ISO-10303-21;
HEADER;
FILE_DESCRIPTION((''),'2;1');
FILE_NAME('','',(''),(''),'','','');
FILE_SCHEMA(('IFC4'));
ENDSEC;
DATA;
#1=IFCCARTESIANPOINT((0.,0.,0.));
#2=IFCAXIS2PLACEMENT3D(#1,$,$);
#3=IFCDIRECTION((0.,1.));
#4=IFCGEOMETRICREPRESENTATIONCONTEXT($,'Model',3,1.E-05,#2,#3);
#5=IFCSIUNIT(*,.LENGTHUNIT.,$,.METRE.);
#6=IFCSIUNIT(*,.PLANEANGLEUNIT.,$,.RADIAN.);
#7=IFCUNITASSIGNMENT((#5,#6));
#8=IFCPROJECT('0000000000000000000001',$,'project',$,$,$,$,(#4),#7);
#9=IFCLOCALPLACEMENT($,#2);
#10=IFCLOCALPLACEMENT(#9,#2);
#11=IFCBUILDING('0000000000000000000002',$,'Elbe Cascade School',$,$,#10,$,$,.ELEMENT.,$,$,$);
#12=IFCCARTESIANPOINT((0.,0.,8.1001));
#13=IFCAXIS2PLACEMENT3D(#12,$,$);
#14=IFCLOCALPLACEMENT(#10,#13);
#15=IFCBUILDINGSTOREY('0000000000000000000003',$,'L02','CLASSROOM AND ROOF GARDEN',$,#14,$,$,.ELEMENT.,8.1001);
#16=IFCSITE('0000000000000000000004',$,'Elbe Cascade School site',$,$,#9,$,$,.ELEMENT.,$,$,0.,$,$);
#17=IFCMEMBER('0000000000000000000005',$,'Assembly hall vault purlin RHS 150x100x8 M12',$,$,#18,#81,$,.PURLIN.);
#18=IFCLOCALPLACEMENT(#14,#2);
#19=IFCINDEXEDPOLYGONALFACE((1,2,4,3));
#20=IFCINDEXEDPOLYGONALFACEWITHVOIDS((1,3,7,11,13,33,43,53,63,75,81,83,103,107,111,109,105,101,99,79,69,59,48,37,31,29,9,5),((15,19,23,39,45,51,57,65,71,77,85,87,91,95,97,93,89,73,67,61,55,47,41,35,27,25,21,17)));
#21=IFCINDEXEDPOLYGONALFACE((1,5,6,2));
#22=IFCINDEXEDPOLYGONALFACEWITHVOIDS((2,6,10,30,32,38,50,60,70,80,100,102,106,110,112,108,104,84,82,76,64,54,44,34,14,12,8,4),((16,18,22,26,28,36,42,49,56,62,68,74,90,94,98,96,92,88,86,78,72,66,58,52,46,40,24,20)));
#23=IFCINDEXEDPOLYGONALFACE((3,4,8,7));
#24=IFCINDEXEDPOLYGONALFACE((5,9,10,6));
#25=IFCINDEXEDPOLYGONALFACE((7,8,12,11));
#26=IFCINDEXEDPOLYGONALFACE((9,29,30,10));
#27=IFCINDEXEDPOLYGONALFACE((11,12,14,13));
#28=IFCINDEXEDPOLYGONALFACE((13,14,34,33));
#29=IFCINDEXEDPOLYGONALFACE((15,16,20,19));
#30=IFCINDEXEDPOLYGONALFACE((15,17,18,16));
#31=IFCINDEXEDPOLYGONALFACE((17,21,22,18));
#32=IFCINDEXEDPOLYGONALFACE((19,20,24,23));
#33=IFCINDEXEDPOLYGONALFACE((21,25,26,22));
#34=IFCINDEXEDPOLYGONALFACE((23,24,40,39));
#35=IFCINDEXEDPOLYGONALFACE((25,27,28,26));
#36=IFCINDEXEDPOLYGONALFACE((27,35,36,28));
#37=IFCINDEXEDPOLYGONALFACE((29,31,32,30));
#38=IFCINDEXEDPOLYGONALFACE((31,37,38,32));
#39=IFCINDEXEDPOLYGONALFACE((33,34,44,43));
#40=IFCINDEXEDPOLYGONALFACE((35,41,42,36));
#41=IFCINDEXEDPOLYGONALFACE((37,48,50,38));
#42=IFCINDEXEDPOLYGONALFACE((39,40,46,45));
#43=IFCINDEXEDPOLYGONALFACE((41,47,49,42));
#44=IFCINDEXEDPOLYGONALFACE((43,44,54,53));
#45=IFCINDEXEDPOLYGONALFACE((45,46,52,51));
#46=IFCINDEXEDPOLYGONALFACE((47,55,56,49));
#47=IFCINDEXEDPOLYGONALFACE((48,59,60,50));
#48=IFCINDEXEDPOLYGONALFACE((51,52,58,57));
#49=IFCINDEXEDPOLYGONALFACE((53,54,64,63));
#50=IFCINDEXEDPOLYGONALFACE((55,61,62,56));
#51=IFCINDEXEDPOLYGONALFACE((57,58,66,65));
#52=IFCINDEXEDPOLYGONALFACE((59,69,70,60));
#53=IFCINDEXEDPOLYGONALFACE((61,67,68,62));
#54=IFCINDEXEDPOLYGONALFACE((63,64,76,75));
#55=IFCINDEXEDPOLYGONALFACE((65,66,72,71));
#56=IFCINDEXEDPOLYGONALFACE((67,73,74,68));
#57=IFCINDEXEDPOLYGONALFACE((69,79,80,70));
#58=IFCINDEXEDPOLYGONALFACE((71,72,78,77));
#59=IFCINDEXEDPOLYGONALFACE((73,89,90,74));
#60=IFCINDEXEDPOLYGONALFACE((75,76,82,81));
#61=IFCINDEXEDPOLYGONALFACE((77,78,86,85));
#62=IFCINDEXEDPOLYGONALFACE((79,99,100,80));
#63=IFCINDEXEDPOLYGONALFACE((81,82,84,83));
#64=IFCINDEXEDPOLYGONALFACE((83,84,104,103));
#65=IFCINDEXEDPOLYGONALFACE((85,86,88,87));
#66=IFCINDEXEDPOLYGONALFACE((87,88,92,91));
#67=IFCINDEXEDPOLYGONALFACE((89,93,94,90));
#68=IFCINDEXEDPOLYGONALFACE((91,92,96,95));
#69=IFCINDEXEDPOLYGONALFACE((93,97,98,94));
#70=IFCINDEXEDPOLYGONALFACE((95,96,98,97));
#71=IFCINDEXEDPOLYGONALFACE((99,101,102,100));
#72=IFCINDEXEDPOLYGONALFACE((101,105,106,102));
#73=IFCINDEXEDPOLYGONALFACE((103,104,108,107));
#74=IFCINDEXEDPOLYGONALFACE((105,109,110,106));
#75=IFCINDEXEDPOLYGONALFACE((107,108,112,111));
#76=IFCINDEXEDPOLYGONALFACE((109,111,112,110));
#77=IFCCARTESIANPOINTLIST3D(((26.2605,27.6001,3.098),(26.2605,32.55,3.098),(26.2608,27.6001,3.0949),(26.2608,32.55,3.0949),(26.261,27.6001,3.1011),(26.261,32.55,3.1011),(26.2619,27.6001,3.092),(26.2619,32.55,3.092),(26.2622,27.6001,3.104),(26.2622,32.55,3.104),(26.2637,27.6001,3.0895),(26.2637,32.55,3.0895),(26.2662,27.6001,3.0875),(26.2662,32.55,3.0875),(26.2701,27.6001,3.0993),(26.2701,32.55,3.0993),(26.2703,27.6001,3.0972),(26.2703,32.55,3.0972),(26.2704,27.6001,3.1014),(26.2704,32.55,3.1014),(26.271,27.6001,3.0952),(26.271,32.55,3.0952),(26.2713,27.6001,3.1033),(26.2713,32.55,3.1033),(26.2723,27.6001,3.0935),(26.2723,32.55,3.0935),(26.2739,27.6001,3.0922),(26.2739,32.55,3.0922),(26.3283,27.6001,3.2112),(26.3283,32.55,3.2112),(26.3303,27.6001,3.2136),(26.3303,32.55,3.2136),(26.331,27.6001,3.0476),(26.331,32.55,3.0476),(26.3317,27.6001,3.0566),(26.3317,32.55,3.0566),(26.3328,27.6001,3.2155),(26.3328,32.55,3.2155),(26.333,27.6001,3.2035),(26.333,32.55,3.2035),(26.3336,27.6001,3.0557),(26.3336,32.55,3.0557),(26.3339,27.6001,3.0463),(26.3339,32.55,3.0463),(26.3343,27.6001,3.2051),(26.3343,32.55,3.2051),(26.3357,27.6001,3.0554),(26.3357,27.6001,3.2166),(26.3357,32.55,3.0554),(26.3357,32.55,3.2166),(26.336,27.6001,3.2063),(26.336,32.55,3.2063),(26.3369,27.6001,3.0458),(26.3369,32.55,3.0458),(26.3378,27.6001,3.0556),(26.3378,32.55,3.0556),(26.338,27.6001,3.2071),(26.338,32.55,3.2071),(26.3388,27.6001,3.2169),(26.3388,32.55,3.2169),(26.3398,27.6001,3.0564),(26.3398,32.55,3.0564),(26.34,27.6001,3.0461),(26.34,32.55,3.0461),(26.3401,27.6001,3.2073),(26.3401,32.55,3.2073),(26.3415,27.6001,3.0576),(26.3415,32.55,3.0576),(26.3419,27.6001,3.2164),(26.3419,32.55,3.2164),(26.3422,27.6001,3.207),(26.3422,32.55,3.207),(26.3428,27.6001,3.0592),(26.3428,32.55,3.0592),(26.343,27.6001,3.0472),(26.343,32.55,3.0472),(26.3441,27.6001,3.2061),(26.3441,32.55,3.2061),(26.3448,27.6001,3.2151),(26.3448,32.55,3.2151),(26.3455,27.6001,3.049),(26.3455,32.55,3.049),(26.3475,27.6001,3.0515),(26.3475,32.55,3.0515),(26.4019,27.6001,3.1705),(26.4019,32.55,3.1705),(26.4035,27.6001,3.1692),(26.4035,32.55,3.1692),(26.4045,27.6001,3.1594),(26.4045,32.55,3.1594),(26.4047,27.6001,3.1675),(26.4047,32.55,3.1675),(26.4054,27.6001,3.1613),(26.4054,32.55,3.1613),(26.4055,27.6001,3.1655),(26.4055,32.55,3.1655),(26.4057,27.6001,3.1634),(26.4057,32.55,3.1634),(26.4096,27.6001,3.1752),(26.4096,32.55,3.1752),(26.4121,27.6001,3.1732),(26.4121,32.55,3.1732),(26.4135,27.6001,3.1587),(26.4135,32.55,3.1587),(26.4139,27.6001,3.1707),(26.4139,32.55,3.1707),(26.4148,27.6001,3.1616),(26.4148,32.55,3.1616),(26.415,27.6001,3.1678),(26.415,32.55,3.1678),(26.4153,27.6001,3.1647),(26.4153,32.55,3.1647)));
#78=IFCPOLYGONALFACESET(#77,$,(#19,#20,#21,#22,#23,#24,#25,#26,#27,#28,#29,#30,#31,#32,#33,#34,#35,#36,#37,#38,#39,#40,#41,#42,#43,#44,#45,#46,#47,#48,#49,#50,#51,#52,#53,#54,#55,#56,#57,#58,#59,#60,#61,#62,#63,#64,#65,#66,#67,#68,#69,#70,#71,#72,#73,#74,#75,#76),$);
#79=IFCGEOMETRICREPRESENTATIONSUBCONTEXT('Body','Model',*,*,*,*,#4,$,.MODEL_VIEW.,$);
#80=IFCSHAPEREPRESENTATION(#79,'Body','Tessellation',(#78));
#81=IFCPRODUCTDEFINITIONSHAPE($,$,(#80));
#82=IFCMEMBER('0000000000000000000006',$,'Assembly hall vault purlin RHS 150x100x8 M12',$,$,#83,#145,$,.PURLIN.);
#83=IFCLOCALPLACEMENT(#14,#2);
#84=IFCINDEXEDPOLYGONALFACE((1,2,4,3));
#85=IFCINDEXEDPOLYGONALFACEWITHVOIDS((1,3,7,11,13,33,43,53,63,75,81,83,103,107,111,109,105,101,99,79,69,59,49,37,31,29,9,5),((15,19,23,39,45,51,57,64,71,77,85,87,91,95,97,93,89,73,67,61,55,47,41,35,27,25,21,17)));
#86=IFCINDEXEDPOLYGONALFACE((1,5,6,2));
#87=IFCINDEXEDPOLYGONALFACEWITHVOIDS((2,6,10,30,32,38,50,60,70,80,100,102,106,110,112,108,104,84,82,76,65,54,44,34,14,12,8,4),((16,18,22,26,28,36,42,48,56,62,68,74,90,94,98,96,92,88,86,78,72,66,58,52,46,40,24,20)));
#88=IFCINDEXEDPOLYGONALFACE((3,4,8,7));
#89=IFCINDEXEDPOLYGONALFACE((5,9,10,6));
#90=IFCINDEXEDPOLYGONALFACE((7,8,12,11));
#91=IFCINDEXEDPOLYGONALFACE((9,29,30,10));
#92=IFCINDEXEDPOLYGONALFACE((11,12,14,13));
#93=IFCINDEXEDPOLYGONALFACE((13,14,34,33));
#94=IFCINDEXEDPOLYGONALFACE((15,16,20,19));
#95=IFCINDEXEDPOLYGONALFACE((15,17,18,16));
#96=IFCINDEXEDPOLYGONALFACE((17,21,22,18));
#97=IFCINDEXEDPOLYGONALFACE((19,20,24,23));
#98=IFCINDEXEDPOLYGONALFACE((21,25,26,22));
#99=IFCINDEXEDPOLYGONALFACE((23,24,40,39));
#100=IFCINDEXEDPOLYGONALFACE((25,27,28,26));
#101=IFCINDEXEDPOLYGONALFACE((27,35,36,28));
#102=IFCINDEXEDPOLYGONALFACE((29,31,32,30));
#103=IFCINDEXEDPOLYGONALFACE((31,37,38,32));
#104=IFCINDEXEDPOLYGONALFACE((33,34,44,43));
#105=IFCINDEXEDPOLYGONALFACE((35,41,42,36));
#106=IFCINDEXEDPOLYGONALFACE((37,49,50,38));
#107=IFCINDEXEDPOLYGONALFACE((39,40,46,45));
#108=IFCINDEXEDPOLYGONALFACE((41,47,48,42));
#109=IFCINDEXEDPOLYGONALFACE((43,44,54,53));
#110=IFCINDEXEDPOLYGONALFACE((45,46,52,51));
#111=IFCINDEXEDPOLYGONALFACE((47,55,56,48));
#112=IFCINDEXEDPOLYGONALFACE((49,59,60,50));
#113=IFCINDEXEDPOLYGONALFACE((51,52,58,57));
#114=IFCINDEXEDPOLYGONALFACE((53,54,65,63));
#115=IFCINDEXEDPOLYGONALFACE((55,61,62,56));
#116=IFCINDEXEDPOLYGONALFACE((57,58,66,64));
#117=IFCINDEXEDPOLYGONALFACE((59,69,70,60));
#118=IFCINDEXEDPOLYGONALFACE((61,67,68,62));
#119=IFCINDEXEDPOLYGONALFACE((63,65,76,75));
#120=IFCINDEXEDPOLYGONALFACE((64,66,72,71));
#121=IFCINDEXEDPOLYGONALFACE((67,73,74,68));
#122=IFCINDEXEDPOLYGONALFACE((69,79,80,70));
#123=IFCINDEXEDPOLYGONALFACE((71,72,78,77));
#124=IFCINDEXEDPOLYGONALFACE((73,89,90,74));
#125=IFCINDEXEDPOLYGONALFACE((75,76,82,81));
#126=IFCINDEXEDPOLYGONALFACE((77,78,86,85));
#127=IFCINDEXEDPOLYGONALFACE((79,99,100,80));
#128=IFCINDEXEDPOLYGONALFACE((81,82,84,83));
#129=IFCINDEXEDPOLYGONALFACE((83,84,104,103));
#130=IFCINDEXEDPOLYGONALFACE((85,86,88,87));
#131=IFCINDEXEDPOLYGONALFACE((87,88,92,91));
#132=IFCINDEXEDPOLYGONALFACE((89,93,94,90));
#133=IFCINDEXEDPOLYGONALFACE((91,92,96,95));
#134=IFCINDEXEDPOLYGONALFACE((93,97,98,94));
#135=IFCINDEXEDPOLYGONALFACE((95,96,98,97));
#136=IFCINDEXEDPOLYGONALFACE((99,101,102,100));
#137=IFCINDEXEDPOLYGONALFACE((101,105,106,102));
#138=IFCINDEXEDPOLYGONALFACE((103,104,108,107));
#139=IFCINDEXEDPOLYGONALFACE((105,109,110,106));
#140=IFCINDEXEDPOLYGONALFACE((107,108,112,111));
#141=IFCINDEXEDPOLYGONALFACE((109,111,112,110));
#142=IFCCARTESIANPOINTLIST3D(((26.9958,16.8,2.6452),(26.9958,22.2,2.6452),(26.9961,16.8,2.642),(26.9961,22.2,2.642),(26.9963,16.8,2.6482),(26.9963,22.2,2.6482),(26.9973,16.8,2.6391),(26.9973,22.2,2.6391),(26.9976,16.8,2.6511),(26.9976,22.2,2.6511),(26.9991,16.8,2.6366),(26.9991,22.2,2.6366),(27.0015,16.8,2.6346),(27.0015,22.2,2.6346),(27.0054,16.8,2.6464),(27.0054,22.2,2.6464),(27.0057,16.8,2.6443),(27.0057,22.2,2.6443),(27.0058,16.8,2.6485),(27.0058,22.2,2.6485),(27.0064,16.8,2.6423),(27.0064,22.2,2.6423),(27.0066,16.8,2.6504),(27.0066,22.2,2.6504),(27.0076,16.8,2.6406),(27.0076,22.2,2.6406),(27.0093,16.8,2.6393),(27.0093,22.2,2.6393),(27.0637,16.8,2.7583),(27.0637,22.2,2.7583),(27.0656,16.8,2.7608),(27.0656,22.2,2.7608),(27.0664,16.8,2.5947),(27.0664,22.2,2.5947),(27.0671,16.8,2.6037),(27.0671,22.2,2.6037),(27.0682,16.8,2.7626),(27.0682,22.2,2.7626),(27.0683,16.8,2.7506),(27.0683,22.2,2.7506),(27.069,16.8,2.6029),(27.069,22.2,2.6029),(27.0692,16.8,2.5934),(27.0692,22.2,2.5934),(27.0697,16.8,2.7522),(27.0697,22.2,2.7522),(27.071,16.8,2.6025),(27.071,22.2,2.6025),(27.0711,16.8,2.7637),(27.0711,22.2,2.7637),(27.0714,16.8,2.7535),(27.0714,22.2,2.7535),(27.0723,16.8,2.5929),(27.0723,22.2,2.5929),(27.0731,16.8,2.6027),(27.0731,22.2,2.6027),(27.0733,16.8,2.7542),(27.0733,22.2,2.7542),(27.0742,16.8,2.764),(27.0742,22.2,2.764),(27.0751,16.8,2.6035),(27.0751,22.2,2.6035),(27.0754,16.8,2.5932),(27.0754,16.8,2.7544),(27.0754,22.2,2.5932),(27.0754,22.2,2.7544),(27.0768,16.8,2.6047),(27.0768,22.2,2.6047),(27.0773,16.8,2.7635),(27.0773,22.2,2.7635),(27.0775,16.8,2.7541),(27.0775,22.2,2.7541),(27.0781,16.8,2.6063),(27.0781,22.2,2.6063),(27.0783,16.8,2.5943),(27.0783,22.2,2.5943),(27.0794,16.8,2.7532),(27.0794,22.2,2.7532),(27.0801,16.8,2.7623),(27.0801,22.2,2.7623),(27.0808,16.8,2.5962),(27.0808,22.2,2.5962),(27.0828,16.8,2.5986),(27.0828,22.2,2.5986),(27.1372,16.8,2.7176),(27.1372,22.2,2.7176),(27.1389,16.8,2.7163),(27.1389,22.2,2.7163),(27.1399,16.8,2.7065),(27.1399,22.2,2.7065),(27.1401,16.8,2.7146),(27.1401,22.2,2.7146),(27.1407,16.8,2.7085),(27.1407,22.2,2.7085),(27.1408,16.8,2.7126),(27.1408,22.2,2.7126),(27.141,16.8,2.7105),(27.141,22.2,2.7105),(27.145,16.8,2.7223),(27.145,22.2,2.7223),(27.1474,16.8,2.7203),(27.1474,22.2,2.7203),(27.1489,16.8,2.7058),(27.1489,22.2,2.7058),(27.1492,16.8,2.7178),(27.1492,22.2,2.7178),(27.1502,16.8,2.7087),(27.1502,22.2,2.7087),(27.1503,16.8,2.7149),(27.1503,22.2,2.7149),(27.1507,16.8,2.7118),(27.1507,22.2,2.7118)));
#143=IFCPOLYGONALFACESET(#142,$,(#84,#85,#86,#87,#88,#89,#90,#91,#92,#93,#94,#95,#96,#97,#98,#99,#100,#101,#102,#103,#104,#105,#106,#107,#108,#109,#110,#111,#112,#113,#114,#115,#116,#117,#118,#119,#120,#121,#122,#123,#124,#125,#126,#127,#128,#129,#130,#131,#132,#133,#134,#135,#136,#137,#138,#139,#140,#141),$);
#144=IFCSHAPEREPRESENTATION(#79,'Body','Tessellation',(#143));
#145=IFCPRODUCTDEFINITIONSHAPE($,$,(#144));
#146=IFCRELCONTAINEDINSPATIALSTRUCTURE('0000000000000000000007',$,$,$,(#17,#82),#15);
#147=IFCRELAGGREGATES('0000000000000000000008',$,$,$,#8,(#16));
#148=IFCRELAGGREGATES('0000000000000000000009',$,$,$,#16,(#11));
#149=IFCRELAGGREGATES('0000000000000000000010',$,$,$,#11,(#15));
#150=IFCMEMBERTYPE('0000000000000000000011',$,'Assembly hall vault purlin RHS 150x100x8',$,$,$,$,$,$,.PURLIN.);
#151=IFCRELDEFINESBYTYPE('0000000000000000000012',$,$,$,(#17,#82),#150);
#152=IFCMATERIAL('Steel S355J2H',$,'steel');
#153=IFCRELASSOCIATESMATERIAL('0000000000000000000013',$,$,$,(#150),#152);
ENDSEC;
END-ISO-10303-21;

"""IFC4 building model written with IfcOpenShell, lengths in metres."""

from ifc_helpers import new_model, si_unit, direction, frame, origin, origin_2d, place, context, subcontext, project, spatial, hollow_rectangle, extrude, material, material_profile, profile_set, type_object, element, save


model = new_model("IFC4")

# Units and contexts
model_context = context("Model", 3, precision=1e-05, world=origin(), true_north=direction((0.0, 1.0)))
body_context = subcontext(model_context, "Body", "Model", "MODEL_VIEW")
ifc_project = project(units=[si_unit("LENGTHUNIT", "METRE"), si_unit("PLANEANGLEUNIT", "RADIAN")], contexts=[model_context])

# Site, building, storey
site_placement = place(None, origin())
site = spatial("IfcSite", under=ifc_project, at=site_placement, Name="Elbe Cascade School site", CompositionType="ELEMENT", RefElevation=0.0)
building_placement = place(site_placement, origin())
building = spatial("IfcBuilding", under=site, at=building_placement, Name="Elbe Cascade School", CompositionType="ELEMENT")
storey_placement = place(building_placement, frame((0.0, 0.0, 8.1001)))
storey = spatial("IfcBuildingStorey", under=building, at=storey_placement, Name="L02", Description="CLASSROOM AND ROOF GARDEN", CompositionType="ELEMENT", Elevation=8.1001)

# Members
ifc_material_1 = material(Name="Steel S355J2H", Category="steel")
ifc_material_profile_1 = material_profile(ifc_material_1, hollow_rectangle(XDim=0.1001, YDim=0.1499, WallThickness=0.0081, InnerFilletRadius=0.0081, OuterFilletRadius=0.012, at=origin_2d()), Name="RHS 150x100x8")
ifc_profile_set_1 = profile_set([ifc_material_profile_1], Name="Steel S355J2H")
member_type_1 = type_object("IfcMemberType", Name="Assembly hall vault purlin RHS 150x100x8", PredefinedType="PURLIN", material=ifc_profile_set_1)
member_1_placement = place(storey_placement, frame((26.3379, 27.6001, 3.1313), z_axis=(0.0, 1.0, 0.0), x_axis=(-0.851418, 0.0, 0.524488)))
element("IfcMember", 1, at=member_1_placement, inside=storey, type_object=member_type_1, Name="Assembly hall vault purlin RHS 150x100x8 M12", PredefinedType="PURLIN", context=body_context, shape_type="SweptSolid", body=[
    extrude(hollow_rectangle(XDim=0.1001, YDim=0.1499, WallThickness=0.0081, InnerFilletRadius=0.0081, OuterFilletRadius=0.012, at=origin_2d()), origin(), (0.0, 0.0, 1.0), 4.95),
])
member_2_placement = place(storey_placement, frame((27.0732, 16.8, 2.6785), z_axis=(0.0, 1.0, 0.0), x_axis=(-0.851418, 0.0, 0.524488)))
element("IfcMember", 2, at=member_2_placement, inside=storey, type_object=member_type_1, Name="Assembly hall vault purlin RHS 150x100x8 M12", PredefinedType="PURLIN", context=body_context, shape_type="SweptSolid", body=[
    extrude(hollow_rectangle(XDim=0.1001, YDim=0.1499, WallThickness=0.0081, InnerFilletRadius=0.0081, OuterFilletRadius=0.012, at=origin_2d()), origin(), (0.0, 0.0, 1.0), 5.3999),
])

save(model, "model.ifc")
